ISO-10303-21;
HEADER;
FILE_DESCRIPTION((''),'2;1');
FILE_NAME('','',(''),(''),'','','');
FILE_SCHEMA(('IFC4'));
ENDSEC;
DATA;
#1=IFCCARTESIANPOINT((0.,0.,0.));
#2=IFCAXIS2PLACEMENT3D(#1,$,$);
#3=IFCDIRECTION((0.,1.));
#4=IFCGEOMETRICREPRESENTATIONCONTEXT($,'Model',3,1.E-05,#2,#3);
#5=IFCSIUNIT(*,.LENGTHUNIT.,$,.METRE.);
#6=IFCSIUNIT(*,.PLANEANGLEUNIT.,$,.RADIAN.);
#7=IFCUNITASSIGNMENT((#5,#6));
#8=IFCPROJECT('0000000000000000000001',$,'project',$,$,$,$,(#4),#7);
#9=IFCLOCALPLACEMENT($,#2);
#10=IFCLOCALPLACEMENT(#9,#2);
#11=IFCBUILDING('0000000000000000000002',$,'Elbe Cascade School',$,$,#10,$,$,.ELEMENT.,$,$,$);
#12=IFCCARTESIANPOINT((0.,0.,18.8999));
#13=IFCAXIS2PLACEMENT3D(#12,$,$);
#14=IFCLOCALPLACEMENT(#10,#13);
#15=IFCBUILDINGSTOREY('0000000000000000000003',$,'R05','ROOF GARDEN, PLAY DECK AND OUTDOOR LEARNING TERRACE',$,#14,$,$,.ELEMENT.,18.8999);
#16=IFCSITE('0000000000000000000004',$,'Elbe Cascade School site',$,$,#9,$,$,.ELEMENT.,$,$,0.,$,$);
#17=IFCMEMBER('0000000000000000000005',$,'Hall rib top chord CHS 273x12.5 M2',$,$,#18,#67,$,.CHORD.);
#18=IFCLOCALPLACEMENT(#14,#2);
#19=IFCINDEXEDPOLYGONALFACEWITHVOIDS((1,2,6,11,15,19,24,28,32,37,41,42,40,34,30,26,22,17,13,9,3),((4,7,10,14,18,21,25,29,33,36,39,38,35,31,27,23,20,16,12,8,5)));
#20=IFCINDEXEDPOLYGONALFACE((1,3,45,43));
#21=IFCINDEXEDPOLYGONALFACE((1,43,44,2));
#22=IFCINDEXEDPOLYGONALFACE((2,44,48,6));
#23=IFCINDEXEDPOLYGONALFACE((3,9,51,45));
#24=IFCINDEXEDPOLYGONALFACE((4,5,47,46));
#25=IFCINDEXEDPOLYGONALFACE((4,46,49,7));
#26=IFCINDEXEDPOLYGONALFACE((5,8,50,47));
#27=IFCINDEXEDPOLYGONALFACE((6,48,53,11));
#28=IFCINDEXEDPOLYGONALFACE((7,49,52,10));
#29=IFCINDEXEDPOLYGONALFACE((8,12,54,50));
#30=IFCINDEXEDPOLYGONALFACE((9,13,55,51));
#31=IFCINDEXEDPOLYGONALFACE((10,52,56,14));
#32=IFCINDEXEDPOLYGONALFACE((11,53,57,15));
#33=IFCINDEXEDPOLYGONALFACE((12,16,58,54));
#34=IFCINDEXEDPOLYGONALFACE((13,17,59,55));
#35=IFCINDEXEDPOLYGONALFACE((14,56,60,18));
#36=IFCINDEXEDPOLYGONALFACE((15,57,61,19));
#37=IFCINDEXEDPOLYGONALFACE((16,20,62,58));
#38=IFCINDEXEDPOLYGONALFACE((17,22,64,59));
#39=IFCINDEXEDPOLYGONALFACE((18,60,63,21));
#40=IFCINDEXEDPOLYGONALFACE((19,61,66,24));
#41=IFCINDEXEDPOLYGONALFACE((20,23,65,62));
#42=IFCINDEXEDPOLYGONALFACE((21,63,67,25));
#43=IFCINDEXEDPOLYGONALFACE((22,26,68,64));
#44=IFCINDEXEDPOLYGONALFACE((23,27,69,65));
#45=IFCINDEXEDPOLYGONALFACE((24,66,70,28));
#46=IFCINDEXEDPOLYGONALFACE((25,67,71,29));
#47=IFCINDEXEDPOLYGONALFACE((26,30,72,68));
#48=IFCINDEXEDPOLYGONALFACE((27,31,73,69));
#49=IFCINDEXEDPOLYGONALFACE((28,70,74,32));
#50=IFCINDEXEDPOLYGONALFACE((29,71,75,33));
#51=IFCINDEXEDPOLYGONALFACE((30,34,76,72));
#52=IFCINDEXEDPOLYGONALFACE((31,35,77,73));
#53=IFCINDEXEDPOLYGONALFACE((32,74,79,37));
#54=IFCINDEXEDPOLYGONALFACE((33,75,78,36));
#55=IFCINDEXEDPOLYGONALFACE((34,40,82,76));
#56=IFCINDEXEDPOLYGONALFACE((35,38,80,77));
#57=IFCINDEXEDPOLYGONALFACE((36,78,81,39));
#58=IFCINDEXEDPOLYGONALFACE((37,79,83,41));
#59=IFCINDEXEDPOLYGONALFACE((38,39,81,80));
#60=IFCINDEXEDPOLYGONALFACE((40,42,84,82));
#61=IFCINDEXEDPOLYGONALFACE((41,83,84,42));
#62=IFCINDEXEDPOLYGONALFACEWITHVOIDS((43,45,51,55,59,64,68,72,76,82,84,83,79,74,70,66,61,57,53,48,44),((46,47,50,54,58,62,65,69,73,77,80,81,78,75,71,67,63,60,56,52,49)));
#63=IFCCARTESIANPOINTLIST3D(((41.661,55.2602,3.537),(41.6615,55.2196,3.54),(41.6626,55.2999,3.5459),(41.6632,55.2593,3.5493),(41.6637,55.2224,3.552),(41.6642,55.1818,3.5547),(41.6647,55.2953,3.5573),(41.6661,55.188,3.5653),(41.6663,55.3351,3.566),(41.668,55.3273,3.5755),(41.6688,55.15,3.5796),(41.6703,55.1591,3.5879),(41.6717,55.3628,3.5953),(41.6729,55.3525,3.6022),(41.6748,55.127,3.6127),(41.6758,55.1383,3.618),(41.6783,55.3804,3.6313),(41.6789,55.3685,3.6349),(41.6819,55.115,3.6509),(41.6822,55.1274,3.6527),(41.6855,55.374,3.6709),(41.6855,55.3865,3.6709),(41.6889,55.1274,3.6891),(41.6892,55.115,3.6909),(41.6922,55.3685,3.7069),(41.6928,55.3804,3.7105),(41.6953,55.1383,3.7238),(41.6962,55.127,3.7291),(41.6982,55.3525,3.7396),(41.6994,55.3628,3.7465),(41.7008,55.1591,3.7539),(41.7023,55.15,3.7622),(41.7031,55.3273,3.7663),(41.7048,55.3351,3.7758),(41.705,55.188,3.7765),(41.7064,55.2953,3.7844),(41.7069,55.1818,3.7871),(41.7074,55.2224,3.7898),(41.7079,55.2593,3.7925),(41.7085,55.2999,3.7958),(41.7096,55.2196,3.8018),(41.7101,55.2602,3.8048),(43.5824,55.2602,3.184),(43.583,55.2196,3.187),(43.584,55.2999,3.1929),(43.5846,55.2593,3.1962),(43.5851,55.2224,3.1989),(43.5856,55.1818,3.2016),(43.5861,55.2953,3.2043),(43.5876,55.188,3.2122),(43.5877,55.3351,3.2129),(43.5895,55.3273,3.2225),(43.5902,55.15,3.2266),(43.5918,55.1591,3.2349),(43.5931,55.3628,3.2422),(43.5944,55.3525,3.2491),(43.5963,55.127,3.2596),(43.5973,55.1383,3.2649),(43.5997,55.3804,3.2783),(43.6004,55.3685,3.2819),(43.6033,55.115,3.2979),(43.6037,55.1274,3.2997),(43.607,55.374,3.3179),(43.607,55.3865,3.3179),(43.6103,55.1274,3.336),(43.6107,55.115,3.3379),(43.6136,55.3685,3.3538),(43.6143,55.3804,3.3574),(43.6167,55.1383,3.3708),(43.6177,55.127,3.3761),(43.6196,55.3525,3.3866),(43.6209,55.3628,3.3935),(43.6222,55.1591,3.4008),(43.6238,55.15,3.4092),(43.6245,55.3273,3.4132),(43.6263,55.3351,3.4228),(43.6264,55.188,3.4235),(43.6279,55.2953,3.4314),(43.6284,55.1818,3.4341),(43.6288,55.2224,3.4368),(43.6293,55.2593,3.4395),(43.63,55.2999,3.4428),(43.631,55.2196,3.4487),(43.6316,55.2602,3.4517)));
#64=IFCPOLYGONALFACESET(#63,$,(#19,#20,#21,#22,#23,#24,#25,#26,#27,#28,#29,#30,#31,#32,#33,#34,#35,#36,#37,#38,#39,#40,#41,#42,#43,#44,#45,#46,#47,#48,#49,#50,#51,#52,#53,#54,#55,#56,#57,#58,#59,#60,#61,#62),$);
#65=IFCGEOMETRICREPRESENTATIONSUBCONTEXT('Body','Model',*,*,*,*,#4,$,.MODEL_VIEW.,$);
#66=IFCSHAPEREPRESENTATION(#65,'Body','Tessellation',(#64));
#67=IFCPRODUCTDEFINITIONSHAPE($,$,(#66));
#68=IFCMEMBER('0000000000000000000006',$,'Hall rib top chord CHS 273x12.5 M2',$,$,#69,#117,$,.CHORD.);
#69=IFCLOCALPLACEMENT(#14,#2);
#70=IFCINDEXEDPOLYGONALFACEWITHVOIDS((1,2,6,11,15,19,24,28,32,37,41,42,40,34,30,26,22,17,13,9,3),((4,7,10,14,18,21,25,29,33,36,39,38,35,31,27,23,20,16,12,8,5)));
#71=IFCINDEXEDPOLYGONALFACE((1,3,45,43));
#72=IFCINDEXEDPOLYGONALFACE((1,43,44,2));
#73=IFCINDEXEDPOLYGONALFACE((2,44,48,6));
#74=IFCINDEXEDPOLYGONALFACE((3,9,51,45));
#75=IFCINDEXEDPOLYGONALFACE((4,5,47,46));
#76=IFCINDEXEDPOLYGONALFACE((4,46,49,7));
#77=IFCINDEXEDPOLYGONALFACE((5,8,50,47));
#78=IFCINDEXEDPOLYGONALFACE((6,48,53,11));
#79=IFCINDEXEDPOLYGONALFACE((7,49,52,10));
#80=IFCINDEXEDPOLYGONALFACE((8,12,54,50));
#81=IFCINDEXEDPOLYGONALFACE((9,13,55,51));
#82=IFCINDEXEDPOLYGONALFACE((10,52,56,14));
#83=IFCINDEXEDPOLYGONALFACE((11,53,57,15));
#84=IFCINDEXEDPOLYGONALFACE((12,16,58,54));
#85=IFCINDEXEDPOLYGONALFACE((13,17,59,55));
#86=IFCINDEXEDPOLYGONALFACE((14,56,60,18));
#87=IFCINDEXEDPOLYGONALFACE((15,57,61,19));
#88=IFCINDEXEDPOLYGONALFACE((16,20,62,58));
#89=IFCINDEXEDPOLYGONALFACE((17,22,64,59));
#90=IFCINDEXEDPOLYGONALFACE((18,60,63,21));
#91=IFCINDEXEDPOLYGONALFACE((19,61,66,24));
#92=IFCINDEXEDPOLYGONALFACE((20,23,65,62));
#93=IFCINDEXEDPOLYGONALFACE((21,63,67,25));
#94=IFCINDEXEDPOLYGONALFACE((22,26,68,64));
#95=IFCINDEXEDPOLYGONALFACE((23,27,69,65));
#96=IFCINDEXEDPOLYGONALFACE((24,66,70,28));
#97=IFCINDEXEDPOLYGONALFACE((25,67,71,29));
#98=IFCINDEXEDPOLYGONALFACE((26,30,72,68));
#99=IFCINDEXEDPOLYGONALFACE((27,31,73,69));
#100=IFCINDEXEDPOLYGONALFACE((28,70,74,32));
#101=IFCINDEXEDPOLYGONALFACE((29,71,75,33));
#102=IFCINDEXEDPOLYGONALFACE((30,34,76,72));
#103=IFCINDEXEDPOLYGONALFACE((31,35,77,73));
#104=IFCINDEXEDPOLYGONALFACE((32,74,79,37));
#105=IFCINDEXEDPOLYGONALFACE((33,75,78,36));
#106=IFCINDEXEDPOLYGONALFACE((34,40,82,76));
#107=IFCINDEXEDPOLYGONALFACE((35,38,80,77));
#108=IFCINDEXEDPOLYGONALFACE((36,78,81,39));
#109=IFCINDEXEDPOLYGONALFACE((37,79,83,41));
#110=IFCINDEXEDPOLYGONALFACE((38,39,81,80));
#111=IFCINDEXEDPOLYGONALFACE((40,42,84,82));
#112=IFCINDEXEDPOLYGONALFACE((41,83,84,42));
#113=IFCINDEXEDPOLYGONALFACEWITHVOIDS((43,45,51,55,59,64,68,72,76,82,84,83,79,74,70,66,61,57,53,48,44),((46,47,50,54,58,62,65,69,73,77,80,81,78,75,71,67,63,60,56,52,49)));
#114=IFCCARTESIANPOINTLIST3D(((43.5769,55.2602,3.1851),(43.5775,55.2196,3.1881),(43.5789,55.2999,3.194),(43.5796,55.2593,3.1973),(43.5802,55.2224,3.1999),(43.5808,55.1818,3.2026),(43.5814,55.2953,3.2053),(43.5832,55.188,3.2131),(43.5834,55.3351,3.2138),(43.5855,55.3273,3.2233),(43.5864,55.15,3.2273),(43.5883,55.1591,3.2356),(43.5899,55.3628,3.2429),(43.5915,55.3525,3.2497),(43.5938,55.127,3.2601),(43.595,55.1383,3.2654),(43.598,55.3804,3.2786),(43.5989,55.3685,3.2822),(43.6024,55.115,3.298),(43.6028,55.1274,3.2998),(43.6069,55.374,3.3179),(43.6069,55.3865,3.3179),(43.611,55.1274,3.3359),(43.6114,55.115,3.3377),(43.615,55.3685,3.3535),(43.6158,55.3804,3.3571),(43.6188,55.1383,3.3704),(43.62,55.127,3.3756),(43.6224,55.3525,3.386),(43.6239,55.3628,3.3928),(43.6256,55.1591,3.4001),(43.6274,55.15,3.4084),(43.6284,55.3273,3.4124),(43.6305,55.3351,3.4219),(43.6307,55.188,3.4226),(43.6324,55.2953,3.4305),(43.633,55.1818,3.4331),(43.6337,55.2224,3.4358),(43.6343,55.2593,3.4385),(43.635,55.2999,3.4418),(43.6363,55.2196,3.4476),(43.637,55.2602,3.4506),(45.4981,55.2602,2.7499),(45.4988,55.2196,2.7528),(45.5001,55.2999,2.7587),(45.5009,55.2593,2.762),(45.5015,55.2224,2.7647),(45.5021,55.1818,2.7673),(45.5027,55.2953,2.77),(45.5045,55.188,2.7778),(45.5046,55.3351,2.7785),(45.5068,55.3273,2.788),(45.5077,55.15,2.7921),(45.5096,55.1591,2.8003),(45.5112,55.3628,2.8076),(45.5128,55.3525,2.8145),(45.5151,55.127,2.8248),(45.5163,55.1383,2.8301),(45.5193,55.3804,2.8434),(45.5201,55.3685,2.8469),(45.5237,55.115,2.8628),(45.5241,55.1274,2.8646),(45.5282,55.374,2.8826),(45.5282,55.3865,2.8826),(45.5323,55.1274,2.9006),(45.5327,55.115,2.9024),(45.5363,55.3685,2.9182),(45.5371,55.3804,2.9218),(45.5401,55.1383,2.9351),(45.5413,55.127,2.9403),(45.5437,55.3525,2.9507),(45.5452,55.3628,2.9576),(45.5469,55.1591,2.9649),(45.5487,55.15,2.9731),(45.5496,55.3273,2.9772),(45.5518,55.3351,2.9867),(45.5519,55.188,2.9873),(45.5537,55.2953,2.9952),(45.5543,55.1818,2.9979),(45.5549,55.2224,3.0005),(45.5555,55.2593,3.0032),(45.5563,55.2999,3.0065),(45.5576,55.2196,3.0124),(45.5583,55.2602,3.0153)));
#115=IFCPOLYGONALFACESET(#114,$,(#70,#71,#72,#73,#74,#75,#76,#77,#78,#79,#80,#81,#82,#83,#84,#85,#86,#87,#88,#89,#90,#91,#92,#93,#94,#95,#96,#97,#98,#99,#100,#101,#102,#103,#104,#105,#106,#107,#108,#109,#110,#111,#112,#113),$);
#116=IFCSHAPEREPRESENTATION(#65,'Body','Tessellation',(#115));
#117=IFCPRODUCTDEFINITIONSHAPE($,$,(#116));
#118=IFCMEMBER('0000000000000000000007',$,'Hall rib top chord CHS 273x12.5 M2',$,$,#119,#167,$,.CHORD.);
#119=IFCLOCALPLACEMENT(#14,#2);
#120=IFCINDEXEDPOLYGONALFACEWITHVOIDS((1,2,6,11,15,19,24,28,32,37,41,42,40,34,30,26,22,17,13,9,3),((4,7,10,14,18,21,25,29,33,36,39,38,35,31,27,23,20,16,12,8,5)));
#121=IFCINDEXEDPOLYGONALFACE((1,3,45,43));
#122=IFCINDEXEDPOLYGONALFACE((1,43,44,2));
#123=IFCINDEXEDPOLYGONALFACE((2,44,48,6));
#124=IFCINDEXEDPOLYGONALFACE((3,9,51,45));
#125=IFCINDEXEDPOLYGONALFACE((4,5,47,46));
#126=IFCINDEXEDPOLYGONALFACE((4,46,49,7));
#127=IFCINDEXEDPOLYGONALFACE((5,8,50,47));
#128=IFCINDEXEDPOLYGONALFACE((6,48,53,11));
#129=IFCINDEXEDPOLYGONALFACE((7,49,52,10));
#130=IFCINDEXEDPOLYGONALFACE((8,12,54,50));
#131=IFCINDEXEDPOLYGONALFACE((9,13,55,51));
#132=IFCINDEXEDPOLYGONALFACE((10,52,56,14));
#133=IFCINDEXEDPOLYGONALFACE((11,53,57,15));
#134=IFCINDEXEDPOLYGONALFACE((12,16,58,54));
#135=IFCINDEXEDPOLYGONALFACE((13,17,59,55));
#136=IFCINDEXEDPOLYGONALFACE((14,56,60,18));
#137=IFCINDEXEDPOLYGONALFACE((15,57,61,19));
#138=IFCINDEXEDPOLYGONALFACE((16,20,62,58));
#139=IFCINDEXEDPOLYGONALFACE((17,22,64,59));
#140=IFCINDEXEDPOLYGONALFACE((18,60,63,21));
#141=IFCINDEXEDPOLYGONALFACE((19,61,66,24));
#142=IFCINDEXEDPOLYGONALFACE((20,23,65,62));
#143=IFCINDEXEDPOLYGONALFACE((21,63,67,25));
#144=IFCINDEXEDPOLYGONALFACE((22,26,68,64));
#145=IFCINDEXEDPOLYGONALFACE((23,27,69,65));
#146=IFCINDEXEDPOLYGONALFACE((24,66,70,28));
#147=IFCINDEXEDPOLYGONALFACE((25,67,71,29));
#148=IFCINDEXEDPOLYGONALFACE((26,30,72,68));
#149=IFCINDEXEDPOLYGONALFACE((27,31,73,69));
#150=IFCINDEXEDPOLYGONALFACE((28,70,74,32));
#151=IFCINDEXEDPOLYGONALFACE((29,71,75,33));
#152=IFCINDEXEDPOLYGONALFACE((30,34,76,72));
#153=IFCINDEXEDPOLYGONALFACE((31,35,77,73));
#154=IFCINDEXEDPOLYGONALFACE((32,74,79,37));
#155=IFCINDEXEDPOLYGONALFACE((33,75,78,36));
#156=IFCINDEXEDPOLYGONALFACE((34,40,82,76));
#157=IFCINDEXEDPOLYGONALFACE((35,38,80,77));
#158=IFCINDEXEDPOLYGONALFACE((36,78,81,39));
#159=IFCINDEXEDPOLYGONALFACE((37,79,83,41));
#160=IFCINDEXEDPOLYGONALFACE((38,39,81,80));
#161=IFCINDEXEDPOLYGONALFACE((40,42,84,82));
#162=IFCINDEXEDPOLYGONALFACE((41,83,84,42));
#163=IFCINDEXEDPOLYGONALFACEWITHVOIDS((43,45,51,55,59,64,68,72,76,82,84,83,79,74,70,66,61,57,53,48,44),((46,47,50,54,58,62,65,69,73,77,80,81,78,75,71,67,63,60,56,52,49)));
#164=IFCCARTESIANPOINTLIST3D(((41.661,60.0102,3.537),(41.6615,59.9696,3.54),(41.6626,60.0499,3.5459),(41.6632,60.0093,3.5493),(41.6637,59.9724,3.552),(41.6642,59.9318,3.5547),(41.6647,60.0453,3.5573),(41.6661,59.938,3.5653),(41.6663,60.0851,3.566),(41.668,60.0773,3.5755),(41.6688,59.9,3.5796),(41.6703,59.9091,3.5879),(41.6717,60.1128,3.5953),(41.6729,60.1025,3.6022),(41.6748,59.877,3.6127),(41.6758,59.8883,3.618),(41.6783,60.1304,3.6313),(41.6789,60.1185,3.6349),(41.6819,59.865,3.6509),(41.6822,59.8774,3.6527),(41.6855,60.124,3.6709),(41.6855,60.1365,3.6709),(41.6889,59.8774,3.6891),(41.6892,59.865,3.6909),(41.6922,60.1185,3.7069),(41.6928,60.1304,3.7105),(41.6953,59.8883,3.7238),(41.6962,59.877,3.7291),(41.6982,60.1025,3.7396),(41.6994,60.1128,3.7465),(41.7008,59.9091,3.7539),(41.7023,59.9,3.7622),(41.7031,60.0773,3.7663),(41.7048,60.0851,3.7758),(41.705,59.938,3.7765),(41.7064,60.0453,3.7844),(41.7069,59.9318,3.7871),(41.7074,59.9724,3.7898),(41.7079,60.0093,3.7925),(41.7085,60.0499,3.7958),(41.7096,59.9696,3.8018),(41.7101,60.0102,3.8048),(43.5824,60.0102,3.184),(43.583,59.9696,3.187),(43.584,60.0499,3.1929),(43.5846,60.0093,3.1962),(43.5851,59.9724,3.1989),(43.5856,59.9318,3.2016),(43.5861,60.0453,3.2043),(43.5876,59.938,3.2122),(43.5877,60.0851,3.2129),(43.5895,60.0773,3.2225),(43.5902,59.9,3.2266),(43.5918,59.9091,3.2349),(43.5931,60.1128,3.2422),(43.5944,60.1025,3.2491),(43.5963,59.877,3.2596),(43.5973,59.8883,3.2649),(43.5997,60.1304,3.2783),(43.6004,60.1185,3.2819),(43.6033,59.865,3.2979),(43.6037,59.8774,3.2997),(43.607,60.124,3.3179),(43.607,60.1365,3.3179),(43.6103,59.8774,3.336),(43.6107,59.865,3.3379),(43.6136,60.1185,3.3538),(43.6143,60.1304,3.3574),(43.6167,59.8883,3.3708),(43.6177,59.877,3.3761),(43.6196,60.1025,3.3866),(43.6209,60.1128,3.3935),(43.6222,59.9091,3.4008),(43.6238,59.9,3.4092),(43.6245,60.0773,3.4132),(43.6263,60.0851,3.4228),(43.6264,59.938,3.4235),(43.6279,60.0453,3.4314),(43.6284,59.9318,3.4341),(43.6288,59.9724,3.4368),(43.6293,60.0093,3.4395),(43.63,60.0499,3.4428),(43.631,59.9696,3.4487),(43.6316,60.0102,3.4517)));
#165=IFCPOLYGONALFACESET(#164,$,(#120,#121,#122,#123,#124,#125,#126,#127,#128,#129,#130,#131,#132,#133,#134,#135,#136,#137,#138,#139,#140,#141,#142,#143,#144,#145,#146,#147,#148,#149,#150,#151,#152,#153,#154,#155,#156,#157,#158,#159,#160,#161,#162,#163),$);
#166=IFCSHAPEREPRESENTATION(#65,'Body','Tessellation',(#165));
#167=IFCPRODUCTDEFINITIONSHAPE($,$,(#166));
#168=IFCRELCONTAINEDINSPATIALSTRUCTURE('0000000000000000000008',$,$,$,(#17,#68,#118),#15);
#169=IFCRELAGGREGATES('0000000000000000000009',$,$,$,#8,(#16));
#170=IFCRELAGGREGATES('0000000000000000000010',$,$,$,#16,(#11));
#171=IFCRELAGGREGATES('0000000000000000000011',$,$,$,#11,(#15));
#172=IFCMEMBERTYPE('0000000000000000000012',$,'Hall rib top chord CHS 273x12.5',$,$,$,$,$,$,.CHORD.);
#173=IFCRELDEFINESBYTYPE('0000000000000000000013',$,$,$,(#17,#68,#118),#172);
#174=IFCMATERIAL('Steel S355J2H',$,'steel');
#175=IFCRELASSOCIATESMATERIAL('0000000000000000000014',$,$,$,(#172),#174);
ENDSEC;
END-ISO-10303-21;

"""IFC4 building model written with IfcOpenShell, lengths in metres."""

from ifc_helpers import new_model, si_unit, direction, frame, origin, origin_2d, place, context, subcontext, project, spatial, hollow_circle, extrude, material, material_profile, profile_set, type_object, element, save


model = new_model("IFC4")

# Units and contexts
model_context = context("Model", 3, precision=1e-05, world=origin(), true_north=direction((0.0, 1.0)))
body_context = subcontext(model_context, "Body", "Model", "MODEL_VIEW")
ifc_project = project(units=[si_unit("LENGTHUNIT", "METRE"), si_unit("PLANEANGLEUNIT", "RADIAN")], contexts=[model_context])

# Site, building, storey
site_placement = place(None, origin())
site = spatial("IfcSite", under=ifc_project, at=site_placement, Name="Elbe Cascade School site", CompositionType="ELEMENT", RefElevation=0.0)
building_placement = place(site_placement, origin())
building = spatial("IfcBuilding", under=site, at=building_placement, Name="Elbe Cascade School", CompositionType="ELEMENT")
storey_placement = place(building_placement, frame((0.0, 0.0, 18.8999)))
storey = spatial("IfcBuildingStorey", under=building, at=storey_placement, Name="R05", Description="ROOF GARDEN, PLAY DECK AND OUTDOOR LEARNING TERRACE", CompositionType="ELEMENT", Elevation=18.8999)

# Members
ifc_material_1 = material(Name="Steel S355J2H", Category="steel")
ifc_material_profile_1 = material_profile(ifc_material_1, hollow_circle(Radius=0.1365, WallThickness=0.0125, at=origin_2d()), Name="CHS 273x12.5")
ifc_profile_set_1 = profile_set([ifc_material_profile_1], Name="Steel S355J2H")
member_type_1 = type_object("IfcMemberType", Name="Hall rib top chord CHS 273x12.5", PredefinedType="CHORD", material=ifc_profile_set_1)
member_1_placement = place(storey_placement, frame((41.6855, 55.25, 3.6709), z_axis=(0.983536, 0.0, -0.180711), x_axis=(0.0, 1.0, 0.0)))
element("IfcMember", 1, at=member_1_placement, inside=storey, type_object=member_type_1, Name="Hall rib top chord CHS 273x12.5 M2", PredefinedType="CHORD", context=body_context, shape_type="SweptSolid", body=[
    extrude(hollow_circle(Radius=0.1365, WallThickness=0.0125, at=origin_2d()), origin(), (0.0, 0.0, 1.0), 1.9536),
])
member_2_placement = place(storey_placement, frame((43.6069, 55.25, 3.3179), z_axis=(0.975284, 0.0, -0.220957), x_axis=(0.0, 1.0, 0.0)))
element("IfcMember", 2, at=member_2_placement, inside=storey, type_object=member_type_1, Name="Hall rib top chord CHS 273x12.5 M2", PredefinedType="CHORD", context=body_context, shape_type="SweptSolid", body=[
    extrude(hollow_circle(Radius=0.1365, WallThickness=0.0125, at=origin_2d()), origin(), (0.0, 0.0, 1.0), 1.97),
])
member_3_placement = place(storey_placement, frame((41.6855, 60.0, 3.6709), z_axis=(0.983536, 0.0, -0.180711), x_axis=(0.0, 1.0, 0.0)))
element("IfcMember", 3, at=member_3_placement, inside=storey, type_object=member_type_1, Name="Hall rib top chord CHS 273x12.5 M2", PredefinedType="CHORD", context=body_context, shape_type="SweptSolid", body=[
    extrude(hollow_circle(Radius=0.1365, WallThickness=0.0125, at=origin_2d()), origin(), (0.0, 0.0, 1.0), 1.9536),
])

save(model, "model.ifc")
